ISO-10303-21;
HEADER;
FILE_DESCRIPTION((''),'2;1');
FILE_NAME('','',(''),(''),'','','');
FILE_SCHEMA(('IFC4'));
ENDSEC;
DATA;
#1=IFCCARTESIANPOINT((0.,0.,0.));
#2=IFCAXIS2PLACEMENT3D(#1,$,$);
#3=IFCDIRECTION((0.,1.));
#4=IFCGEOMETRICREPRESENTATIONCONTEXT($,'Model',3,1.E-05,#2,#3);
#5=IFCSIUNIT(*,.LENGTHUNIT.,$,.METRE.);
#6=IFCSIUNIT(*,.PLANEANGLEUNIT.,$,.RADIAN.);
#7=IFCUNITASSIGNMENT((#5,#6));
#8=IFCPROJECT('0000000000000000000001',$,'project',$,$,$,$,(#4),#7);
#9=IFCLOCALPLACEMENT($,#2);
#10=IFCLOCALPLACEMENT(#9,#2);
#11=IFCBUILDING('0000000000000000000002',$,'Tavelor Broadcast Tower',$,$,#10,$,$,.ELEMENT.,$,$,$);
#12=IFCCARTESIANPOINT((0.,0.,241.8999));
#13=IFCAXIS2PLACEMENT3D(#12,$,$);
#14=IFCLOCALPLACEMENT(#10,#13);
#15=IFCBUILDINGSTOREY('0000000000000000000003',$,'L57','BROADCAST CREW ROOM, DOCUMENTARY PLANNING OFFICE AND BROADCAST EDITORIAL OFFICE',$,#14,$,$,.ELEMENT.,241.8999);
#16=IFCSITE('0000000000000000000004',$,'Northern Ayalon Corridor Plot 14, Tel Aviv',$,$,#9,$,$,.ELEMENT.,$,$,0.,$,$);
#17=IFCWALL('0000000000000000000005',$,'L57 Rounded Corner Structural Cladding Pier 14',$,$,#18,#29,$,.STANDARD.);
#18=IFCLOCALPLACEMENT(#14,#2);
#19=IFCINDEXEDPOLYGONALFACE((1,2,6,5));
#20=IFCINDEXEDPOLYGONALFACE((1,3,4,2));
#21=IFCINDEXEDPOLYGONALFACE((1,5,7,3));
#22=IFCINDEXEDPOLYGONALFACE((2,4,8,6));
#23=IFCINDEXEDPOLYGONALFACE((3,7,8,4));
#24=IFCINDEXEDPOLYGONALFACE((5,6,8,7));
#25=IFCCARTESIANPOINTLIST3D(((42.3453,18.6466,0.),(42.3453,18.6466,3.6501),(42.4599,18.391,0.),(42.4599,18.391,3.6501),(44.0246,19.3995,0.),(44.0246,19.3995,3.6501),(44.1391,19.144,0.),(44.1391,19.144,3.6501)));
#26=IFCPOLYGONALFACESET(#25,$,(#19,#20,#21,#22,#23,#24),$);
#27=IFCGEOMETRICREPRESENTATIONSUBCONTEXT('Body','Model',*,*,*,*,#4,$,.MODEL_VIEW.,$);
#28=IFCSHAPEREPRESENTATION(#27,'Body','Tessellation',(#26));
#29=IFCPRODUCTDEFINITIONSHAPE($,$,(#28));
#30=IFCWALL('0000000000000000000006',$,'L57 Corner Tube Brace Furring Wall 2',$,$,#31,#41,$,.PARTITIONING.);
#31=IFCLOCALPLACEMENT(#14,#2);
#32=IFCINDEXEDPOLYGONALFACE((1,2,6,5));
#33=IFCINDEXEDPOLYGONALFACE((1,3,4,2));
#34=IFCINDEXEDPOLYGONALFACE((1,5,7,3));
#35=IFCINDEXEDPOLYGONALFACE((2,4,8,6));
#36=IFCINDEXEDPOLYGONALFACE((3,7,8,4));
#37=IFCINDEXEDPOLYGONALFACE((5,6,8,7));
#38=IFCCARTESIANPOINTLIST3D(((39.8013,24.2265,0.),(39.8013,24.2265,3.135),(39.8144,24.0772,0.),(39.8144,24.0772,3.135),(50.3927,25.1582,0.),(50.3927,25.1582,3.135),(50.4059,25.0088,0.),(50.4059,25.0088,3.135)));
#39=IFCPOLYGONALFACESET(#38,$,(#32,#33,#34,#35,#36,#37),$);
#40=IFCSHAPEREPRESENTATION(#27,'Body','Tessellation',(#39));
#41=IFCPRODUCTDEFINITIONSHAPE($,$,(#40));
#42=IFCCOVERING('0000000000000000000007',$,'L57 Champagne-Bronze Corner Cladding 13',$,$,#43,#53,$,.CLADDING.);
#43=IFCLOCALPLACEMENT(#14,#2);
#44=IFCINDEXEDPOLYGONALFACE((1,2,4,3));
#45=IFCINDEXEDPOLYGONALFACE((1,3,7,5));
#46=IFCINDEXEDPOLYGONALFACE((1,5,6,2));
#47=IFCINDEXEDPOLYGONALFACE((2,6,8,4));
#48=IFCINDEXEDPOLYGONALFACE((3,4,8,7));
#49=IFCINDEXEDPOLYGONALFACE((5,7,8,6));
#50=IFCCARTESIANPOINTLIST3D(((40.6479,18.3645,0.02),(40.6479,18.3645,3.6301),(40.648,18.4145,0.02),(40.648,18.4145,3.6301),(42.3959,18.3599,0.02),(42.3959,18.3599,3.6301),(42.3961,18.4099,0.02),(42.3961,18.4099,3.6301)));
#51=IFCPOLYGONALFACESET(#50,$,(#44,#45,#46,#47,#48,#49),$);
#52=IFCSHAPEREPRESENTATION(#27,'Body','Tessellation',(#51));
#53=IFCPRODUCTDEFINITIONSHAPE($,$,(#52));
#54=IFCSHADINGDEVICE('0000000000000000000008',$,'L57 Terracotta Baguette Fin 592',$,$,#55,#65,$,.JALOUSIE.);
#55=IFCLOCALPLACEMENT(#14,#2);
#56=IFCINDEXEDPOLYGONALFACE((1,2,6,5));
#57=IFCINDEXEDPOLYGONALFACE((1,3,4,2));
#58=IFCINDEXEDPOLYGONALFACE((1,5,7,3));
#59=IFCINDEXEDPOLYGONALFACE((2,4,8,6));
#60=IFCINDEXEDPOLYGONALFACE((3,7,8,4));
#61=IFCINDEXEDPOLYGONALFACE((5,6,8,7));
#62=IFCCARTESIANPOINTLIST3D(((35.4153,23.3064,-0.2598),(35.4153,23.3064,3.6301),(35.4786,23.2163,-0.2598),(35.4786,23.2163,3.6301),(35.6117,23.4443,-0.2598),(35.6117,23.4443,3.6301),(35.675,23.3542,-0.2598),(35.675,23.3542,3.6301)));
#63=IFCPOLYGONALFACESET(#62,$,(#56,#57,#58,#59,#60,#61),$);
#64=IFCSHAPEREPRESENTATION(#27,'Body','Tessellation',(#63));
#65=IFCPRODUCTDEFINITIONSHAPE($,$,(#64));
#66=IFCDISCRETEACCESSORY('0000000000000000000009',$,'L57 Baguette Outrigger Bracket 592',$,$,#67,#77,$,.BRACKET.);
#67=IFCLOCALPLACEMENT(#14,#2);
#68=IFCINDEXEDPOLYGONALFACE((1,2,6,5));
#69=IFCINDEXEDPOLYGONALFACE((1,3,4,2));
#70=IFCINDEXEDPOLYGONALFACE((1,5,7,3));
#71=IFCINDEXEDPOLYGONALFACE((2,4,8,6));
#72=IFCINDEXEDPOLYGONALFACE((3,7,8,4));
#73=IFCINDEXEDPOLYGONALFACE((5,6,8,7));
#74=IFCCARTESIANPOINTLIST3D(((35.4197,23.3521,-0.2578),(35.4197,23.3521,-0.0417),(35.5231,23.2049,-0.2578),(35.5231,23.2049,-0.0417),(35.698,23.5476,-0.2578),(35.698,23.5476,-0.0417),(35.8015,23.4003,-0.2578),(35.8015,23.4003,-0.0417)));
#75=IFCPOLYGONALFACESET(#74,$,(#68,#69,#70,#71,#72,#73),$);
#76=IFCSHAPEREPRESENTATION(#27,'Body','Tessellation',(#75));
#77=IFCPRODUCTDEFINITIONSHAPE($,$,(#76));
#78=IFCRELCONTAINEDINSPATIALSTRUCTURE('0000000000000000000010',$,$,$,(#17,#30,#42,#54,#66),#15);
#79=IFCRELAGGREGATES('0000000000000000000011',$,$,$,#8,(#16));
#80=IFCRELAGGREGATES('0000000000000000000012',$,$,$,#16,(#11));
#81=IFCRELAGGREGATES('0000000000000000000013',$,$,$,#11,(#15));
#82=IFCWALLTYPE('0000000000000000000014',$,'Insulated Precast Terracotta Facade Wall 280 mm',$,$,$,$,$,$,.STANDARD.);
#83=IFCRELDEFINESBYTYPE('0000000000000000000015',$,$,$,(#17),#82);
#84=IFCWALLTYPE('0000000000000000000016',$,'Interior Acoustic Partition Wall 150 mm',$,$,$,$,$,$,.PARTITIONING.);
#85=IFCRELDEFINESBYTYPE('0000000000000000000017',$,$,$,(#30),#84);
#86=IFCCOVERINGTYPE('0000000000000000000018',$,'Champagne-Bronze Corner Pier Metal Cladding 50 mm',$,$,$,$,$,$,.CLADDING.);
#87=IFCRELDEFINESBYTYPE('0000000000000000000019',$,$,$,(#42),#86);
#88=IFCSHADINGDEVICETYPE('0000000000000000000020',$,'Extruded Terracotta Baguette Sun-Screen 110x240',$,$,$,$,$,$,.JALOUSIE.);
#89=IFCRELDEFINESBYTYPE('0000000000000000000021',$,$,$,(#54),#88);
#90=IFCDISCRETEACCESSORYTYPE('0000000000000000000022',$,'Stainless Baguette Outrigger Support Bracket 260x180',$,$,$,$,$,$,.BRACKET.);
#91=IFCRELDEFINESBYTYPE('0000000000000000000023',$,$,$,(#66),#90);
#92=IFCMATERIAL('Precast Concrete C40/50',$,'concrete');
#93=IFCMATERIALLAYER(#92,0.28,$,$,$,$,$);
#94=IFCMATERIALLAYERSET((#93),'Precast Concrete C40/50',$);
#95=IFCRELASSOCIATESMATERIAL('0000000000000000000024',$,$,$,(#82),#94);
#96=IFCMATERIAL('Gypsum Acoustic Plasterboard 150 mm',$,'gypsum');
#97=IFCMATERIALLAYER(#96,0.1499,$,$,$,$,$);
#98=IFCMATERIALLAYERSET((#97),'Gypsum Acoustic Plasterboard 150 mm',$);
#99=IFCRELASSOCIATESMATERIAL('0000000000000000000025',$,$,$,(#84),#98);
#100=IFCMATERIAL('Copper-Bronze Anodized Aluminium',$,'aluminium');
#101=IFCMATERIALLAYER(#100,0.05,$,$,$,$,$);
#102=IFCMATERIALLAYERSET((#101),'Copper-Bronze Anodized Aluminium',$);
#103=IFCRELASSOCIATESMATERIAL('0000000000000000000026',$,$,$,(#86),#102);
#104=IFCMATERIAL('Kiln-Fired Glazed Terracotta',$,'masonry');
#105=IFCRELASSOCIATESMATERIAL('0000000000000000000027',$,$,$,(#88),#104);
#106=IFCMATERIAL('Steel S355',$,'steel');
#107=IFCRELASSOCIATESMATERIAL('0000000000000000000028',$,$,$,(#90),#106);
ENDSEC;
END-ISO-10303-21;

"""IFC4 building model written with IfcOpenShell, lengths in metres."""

from ifc_helpers import new_model, si_unit, direction, frame, frame_2d, origin, origin_2d, place, context, subcontext, project, spatial, rectangle, extrude, source, transform, mapped, material, layer, layer_set, type_object, type_shapes, element, save


model = new_model("IFC4")

# Units and contexts
model_context = context("Model", 3, precision=1e-05, world=origin(), true_north=direction((0.0, 1.0)))
body_context = subcontext(model_context, "Body", "Model", "MODEL_VIEW")
ifc_project = project(units=[si_unit("LENGTHUNIT", "METRE"), si_unit("PLANEANGLEUNIT", "RADIAN")], contexts=[model_context])

# Site, building, storey
site_placement = place(None, origin())
site = spatial("IfcSite", under=ifc_project, at=site_placement, Name="Northern Ayalon Corridor Plot 14, Tel Aviv", CompositionType="ELEMENT", RefElevation=0.0)
building_placement = place(site_placement, origin())
building = spatial("IfcBuilding", under=site, at=building_placement, Name="Tavelor Broadcast Tower", CompositionType="ELEMENT")
storey_placement = place(building_placement, frame((0.0, 0.0, 241.8999)))
storey = spatial("IfcBuildingStorey", under=building, at=storey_placement, Name="L57", Description="BROADCAST CREW ROOM, DOCUMENTARY PLANNING OFFICE AND BROADCAST EDITORIAL OFFICE", CompositionType="ELEMENT", Elevation=241.8999)

# Shared definitions
ifc_material_1 = material(Name="Steel S355", Category="steel")

# Walls
ifc_material_2 = material(Name="Precast Concrete C40/50", Category="concrete")
ifc_layer_1 = layer(ifc_material_2, 0.28)
ifc_layer_set_1 = layer_set([ifc_layer_1], Name="Precast Concrete C40/50")
wall_type_1 = type_object("IfcWallType", Name="Insulated Precast Terracotta Facade Wall 280 mm", PredefinedType="STANDARD", material=ifc_layer_set_1)
wall_1_placement = place(storey_placement, frame((42.4026, 18.5188, 0.0), z_axis=(0.0, 0.0, 1.0), x_axis=(0.912472, 0.40914, 0.0)))
element("IfcWall", 1, at=wall_1_placement, inside=storey, type_object=wall_type_1, Name="L57 Rounded Corner Structural Cladding Pier 14", PredefinedType="STANDARD", context=body_context, shape_type="SweptSolid", body=[
    extrude(rectangle(XDim=1.8403, YDim=0.28, at=frame_2d((0.9202, 0.0))), origin(), (0.0, 0.0, 1.0), 3.6501),
])
ifc_material_3 = material(Name="Gypsum Acoustic Plasterboard 150 mm", Category="gypsum")
ifc_layer_2 = layer(ifc_material_3, 0.1499)
ifc_layer_set_2 = layer_set([ifc_layer_2], Name="Gypsum Acoustic Plasterboard 150 mm")
wall_type_2 = type_object("IfcWallType", Name="Interior Acoustic Partition Wall 150 mm", PredefinedType="PARTITIONING", material=ifc_layer_set_2)
wall_2_placement = place(storey_placement, frame((39.8079, 24.1519, 0.0), z_axis=(0.0, 0.0, 1.0), x_axis=(0.996154, 0.087624, 0.0)))
element("IfcWall", 2, at=wall_2_placement, inside=storey, type_object=wall_type_2, Name="L57 Corner Tube Brace Furring Wall 2", PredefinedType="PARTITIONING", context=body_context, shape_type="SweptSolid", body=[
    extrude(rectangle(XDim=10.6323, YDim=0.1499, at=frame_2d((5.3162, 0.0))), origin(), (0.0, 0.0, 1.0), 3.135),
])

# Covering
ifc_material_4 = material(Name="Copper-Bronze Anodized Aluminium", Category="aluminium")
ifc_layer_3 = layer(ifc_material_4, 0.05)
ifc_layer_set_3 = layer_set([ifc_layer_3], Name="Copper-Bronze Anodized Aluminium")
covering_type = type_object("IfcCoveringType", Name="Champagne-Bronze Corner Pier Metal Cladding 50 mm", PredefinedType="CLADDING", material=ifc_layer_set_3)
covering_placement = place(storey_placement, frame((41.522, 18.3872, 0.02), z_axis=(0.0, 0.0, 1.0), x_axis=(0.999997, -0.002618, 0.0)))
element("IfcCovering", 3, at=covering_placement, inside=storey, type_object=covering_type, Name="L57 Champagne-Bronze Corner Cladding 13", PredefinedType="CLADDING", context=body_context, shape_type="SweptSolid", body=[
    extrude(rectangle(XDim=1.748, YDim=0.05, at=origin_2d()), origin(), (0.0, 0.0, 1.0), 3.6101),
])

# Shading device
ifc_material_5 = material(Name="Kiln-Fired Glazed Terracotta", Category="masonry")
shading_device_type = type_object("IfcShadingDeviceType", Name="Extruded Terracotta Baguette Sun-Screen 110x240", PredefinedType="JALOUSIE", material=ifc_material_5)
shared_shape_1 = source(origin(), body_context, "Body", "SweptSolid", [
    extrude(rectangle(XDim=0.1101, YDim=0.24, at=origin_2d()), origin(), (0.0, 0.0, 1.0), 3.8899),
])
type_shapes(shading_device_type, [shared_shape_1])
shading_device_placement = place(storey_placement, frame((35.5452, 23.3303, -0.2598), z_axis=(0.0, 0.0, 1.0), x_axis=(0.57472, -0.81835, 0.0)))
element("IfcShadingDevice", 4, at=shading_device_placement, inside=storey, type_object=shading_device_type, Name="L57 Terracotta Baguette Fin 592", PredefinedType="JALOUSIE", context=body_context, shape_type="MappedRepresentation", body=[
    mapped(shared_shape_1, transform((0.0, 0.0, 0.0), scale=1.0)),
])

# Discrete accessory
discrete_accessory_type = type_object("IfcDiscreteAccessoryType", Name="Stainless Baguette Outrigger Support Bracket 260x180", PredefinedType="BRACKET", material=ifc_material_1)
shared_shape_2 = source(origin(), body_context, "Body", "SweptSolid", [
    extrude(rectangle(XDim=0.1799, YDim=0.3401, at=origin_2d()), origin(), (0.0, 0.0, 1.0), 0.2161),
])
type_shapes(discrete_accessory_type, [shared_shape_2])
discrete_accessory_placement = place(storey_placement, frame((35.6106, 23.3762, -0.2578), z_axis=(0.0, 0.0, 1.0), x_axis=(0.57472, -0.81835, 0.0)))
element("IfcDiscreteAccessory", 5, at=discrete_accessory_placement, inside=storey, type_object=discrete_accessory_type, Name="L57 Baguette Outrigger Bracket 592", PredefinedType="BRACKET", context=body_context, shape_type="MappedRepresentation", body=[
    mapped(shared_shape_2, transform((0.0, 0.0, 0.0), scale=1.0)),
])

save(model, "model.ifc")
